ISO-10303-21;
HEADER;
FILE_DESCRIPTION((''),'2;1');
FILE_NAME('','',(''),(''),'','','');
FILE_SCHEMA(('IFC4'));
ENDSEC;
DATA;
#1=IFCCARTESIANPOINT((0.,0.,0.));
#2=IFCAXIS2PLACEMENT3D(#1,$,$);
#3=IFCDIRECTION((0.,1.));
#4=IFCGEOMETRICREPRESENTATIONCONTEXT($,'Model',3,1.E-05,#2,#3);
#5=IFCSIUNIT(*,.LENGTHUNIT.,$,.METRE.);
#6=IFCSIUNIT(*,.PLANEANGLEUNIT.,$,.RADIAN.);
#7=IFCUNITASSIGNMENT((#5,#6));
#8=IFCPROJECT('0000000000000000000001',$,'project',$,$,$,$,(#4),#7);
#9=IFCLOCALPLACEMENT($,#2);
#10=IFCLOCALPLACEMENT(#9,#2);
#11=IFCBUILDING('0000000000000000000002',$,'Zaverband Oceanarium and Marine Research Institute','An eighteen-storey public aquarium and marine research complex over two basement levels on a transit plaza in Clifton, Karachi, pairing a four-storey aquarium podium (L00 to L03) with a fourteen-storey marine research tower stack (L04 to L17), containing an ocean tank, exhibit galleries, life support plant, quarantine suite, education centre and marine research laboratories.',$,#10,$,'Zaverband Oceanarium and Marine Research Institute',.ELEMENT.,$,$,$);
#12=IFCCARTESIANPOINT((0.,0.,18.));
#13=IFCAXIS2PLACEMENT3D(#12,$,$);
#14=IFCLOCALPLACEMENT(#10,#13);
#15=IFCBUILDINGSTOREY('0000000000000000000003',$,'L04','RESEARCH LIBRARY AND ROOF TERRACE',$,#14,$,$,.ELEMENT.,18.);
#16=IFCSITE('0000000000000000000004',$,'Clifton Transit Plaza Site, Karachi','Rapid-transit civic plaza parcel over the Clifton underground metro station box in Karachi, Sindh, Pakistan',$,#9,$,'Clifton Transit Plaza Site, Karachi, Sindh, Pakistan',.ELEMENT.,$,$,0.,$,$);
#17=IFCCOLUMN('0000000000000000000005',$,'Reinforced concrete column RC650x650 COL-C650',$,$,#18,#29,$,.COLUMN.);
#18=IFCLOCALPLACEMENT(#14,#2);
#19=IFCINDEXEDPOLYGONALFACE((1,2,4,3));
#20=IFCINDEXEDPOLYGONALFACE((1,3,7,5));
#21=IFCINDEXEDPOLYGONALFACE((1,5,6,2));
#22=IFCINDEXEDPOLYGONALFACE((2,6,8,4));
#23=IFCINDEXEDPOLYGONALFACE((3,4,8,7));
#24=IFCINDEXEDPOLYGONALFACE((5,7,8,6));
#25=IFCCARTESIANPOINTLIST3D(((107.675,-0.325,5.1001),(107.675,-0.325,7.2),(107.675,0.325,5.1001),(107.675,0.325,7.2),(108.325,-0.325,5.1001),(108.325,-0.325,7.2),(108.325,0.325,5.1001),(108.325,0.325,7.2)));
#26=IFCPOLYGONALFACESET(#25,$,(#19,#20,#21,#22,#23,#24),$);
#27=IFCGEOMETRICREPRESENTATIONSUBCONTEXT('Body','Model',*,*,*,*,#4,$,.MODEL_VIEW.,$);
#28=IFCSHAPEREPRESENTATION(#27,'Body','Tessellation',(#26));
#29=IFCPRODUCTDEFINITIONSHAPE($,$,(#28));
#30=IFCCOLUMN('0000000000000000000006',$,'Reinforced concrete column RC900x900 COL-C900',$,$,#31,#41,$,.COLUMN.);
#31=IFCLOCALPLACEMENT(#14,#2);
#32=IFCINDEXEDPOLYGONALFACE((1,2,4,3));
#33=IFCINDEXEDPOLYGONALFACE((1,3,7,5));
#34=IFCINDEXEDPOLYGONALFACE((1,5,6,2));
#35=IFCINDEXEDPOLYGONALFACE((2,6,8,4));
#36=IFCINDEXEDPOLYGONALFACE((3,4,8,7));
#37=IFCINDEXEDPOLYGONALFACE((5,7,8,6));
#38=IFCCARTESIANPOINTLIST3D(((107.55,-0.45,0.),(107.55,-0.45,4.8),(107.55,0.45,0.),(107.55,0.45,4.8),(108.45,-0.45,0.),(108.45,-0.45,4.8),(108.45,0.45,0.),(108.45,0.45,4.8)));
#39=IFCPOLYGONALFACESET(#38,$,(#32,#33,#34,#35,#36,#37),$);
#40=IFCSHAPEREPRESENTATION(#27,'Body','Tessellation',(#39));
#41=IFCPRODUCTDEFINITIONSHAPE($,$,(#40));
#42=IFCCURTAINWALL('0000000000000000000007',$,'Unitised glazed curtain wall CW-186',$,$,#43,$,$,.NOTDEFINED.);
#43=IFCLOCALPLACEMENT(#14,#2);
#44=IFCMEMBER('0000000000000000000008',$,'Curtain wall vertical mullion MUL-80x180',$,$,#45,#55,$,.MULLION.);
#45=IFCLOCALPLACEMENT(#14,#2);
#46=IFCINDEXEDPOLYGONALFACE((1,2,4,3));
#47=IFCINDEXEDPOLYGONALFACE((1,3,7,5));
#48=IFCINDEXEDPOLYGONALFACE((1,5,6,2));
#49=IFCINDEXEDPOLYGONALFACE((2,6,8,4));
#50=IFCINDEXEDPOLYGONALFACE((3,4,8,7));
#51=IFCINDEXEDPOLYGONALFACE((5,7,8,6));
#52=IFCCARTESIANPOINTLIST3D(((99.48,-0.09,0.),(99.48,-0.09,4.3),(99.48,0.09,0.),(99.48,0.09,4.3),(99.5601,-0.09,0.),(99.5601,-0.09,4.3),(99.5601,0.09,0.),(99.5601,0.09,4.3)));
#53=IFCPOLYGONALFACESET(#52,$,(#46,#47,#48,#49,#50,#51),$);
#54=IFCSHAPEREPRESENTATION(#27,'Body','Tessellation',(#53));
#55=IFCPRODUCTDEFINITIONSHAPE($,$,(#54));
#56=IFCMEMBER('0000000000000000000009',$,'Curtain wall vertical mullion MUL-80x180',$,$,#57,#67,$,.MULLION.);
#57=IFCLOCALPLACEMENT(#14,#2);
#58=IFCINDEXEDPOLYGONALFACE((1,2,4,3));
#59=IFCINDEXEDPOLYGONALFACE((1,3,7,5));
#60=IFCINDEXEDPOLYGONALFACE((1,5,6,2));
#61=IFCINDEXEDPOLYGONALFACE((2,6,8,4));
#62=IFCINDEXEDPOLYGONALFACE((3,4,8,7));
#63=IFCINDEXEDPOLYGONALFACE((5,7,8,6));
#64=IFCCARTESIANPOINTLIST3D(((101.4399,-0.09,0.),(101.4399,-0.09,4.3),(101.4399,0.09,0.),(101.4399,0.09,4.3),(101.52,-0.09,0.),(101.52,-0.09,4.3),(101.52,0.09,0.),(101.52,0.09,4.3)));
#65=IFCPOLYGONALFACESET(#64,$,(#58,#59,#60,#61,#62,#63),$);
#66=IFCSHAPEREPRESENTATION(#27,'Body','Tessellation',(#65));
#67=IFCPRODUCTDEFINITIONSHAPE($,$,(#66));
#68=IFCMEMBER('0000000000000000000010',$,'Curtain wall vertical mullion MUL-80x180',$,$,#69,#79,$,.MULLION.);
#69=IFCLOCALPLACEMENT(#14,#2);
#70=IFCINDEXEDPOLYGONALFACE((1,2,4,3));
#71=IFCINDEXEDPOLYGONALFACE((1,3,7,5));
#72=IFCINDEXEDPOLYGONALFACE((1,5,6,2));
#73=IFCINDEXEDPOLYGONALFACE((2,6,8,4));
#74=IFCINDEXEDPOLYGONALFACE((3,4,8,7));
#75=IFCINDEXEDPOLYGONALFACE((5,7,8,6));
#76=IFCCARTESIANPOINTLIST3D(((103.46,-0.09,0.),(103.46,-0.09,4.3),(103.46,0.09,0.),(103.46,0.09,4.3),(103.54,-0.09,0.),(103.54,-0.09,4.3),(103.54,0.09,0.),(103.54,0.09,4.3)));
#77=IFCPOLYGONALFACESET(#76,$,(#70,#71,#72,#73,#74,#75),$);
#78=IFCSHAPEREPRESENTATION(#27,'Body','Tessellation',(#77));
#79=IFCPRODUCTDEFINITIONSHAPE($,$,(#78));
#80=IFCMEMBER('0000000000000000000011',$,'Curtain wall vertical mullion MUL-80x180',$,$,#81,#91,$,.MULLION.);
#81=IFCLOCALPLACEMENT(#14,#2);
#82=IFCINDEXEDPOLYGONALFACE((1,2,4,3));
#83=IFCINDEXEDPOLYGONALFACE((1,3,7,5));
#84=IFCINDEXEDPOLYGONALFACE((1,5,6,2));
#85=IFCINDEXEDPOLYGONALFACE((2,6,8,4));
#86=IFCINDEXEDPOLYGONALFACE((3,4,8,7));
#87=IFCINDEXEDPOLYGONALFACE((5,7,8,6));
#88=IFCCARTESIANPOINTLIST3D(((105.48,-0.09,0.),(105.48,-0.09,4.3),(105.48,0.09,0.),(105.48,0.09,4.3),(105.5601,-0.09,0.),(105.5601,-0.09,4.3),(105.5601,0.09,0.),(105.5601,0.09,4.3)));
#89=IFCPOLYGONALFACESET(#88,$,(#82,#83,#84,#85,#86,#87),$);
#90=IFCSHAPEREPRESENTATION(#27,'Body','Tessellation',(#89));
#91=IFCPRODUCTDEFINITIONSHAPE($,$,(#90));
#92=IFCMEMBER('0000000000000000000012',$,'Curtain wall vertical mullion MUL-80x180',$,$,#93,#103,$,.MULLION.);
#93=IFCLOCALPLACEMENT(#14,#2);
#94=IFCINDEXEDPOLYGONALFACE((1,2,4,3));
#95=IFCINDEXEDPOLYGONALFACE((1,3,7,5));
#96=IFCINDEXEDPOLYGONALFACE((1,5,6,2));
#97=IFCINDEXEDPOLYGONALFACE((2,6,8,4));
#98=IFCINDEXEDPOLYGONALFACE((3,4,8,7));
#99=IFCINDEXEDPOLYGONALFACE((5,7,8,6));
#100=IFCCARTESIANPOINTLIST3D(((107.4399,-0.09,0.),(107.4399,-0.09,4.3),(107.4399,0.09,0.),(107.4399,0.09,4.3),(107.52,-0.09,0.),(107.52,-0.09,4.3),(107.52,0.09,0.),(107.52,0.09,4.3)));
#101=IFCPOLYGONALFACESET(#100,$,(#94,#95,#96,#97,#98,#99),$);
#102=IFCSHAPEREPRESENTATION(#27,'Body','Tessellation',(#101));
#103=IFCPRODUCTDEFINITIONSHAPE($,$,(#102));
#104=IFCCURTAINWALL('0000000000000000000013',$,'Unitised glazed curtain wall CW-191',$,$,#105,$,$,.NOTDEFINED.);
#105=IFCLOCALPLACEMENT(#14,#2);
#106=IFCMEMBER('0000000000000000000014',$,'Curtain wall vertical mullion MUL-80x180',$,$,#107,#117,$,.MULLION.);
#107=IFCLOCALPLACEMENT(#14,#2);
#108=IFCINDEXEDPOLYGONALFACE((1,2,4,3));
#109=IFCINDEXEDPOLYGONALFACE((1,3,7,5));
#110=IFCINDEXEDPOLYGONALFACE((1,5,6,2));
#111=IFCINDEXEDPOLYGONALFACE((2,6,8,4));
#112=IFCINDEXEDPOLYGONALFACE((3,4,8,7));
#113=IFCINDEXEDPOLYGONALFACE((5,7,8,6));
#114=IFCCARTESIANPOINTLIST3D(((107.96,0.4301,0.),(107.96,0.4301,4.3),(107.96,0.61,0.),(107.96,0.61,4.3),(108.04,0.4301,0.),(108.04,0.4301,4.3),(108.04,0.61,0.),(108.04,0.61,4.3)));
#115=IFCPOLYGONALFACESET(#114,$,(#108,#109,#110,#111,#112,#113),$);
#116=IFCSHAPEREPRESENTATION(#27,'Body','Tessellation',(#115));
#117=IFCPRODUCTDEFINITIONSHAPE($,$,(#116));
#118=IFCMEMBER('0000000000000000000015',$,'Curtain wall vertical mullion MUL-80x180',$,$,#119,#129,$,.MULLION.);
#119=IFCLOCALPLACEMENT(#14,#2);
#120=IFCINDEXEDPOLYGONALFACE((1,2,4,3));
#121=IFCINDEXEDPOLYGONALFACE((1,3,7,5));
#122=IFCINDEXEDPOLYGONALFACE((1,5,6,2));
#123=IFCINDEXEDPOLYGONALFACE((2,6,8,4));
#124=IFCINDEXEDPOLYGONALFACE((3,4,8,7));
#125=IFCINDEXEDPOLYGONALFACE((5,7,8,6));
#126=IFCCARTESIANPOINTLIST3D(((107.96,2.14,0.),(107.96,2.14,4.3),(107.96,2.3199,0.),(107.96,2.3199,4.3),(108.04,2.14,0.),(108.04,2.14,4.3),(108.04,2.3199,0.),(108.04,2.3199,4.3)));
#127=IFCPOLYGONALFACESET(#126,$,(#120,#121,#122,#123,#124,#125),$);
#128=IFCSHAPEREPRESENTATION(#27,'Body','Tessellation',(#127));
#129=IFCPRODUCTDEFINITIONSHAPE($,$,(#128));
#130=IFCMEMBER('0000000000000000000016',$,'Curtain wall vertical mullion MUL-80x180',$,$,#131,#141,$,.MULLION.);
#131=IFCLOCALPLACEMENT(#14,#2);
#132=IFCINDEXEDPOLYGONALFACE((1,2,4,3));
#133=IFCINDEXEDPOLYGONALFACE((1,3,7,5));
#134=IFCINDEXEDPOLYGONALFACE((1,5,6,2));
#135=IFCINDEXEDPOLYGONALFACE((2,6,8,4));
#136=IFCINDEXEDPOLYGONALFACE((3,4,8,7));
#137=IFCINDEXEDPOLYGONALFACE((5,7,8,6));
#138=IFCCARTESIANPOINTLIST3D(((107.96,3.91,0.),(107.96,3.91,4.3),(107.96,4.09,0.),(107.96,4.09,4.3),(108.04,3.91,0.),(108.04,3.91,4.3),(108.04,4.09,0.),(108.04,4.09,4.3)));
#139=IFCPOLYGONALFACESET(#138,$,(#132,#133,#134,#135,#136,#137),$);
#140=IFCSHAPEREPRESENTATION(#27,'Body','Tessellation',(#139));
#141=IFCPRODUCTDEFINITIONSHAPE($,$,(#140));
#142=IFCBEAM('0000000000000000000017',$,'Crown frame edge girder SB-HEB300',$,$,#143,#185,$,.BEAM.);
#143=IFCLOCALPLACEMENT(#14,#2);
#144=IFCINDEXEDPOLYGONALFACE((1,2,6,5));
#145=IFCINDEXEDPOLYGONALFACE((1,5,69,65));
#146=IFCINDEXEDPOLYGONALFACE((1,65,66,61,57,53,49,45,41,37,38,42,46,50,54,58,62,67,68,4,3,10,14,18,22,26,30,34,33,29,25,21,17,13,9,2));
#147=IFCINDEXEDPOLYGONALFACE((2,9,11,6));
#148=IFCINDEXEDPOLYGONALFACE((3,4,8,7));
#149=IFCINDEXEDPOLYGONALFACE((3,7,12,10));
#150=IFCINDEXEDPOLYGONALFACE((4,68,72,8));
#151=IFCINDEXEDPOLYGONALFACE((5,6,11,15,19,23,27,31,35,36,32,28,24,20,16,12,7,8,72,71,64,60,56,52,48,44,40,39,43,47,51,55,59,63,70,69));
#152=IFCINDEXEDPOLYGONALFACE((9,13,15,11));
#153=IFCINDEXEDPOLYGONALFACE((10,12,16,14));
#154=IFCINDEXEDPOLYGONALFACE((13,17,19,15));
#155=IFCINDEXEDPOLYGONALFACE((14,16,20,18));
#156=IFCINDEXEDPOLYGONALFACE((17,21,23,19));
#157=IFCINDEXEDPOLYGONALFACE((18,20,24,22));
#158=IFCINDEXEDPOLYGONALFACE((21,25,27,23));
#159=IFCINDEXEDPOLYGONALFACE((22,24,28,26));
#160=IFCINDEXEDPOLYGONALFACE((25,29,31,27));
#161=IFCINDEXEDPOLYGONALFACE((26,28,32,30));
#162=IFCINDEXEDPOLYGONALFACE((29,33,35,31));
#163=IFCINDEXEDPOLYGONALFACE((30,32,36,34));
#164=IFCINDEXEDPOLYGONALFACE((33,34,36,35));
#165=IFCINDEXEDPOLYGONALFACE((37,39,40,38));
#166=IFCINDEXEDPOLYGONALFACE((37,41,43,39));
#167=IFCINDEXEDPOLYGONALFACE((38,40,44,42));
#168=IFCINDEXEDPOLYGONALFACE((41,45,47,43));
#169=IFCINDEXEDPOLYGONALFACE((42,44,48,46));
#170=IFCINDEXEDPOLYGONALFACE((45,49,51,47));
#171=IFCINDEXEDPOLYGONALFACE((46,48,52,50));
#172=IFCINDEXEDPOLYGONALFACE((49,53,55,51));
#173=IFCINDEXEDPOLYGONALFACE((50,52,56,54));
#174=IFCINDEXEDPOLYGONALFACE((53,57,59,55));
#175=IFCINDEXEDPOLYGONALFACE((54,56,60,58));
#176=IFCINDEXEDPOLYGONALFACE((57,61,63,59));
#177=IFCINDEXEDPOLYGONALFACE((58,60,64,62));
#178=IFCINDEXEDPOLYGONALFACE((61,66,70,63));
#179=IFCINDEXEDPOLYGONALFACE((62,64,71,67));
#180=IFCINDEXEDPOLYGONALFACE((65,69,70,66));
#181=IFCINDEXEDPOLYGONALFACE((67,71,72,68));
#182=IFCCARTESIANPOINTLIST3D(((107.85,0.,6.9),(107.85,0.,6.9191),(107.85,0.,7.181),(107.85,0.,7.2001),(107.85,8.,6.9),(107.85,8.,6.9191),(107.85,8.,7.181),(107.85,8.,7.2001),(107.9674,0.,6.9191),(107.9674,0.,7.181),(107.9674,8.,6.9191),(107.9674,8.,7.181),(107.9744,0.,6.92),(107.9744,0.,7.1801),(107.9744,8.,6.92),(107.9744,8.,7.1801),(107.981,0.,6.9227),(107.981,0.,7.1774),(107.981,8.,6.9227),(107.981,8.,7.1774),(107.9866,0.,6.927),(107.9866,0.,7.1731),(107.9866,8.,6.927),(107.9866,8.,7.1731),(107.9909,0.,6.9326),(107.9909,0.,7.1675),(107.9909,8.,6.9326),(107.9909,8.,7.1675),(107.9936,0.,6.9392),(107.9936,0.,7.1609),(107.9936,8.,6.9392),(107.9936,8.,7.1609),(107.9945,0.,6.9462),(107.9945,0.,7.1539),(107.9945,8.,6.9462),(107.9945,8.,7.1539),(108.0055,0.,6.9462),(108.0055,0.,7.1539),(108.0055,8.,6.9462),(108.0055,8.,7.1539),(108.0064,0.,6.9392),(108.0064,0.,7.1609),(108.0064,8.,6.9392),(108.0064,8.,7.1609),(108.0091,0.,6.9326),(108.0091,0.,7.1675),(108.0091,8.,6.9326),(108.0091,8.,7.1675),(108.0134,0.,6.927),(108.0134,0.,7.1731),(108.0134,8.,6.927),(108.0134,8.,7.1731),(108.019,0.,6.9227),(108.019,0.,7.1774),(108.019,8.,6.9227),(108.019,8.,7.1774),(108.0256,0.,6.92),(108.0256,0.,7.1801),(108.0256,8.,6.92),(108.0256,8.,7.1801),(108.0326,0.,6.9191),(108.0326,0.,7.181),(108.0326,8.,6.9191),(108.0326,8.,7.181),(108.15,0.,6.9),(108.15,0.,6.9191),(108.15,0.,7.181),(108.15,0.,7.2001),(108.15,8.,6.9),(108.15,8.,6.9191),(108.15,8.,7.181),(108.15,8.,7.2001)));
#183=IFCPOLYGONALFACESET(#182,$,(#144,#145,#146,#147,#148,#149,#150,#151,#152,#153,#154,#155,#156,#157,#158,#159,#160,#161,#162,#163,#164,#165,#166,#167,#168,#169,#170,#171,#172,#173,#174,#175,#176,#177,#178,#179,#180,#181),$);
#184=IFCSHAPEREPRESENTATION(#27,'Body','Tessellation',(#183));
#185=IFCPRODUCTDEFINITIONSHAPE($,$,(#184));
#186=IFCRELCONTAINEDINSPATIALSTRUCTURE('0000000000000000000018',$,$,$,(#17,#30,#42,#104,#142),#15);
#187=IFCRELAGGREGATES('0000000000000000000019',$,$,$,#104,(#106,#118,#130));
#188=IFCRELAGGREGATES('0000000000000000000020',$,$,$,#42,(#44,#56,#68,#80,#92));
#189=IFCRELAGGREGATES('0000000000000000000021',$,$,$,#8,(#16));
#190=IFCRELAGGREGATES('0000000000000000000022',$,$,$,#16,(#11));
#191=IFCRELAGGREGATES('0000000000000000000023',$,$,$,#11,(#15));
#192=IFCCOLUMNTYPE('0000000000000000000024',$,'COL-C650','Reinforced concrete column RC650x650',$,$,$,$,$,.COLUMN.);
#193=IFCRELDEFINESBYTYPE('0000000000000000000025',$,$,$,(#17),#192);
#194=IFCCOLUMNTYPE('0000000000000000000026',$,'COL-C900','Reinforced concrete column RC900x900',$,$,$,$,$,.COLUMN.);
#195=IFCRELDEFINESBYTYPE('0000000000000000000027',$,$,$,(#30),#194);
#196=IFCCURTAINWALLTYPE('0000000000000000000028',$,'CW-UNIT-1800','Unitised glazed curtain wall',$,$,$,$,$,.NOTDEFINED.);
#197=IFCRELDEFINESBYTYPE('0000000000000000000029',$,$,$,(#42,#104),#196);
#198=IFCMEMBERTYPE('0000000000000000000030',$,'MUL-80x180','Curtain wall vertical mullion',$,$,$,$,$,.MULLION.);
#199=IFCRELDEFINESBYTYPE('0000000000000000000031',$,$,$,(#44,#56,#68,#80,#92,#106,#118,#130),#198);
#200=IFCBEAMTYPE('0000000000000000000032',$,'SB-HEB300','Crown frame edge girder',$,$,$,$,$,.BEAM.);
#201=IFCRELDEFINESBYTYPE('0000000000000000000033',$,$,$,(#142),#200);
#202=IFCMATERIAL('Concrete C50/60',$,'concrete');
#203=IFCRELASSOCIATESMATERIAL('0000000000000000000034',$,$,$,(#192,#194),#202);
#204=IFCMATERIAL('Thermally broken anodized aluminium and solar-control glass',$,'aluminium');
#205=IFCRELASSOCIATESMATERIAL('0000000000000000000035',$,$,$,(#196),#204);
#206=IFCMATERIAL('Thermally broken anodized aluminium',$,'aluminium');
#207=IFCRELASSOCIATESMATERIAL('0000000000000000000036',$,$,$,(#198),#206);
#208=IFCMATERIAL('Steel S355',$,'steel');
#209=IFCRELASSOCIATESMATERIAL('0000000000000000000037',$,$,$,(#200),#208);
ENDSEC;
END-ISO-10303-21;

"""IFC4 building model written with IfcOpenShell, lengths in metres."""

from ifc_helpers import new_model, si_unit, direction, frame, origin, origin_2d, place, context, subcontext, project, spatial, rectangle, i_section, extrude, material, material_profile, profile_set, type_object, element, aggregate, save


model = new_model("IFC4")

# Units and contexts
model_context = context("Model", 3, precision=1e-05, world=origin(), true_north=direction((0.0, 1.0)))
body_context = subcontext(model_context, "Body", "Model", "MODEL_VIEW")
ifc_project = project(units=[si_unit("LENGTHUNIT", "METRE"), si_unit("PLANEANGLEUNIT", "RADIAN")], contexts=[model_context])

# Site, building, storey
site_placement = place(None, origin())
site = spatial("IfcSite", under=ifc_project, at=site_placement, Name="Clifton Transit Plaza Site, Karachi", Description="Rapid-transit civic plaza parcel over the Clifton underground metro station box in Karachi, Sindh, Pakistan", LongName="Clifton Transit Plaza Site, Karachi, Sindh, Pakistan", CompositionType="ELEMENT", RefElevation=0.0)
building_placement = place(site_placement, origin())
building = spatial("IfcBuilding", under=site, at=building_placement, Name="Zaverband Oceanarium and Marine Research Institute", Description="An eighteen-storey public aquarium and marine research complex over two basement levels on a transit plaza in Clifton, Karachi, pairing a four-storey aquarium podium (L00 to L03) with a fourteen-storey marine research tower stack (L04 to L17), containing an ocean tank, exhibit galleries, life support plant, quarantine suite, education centre and marine research laboratories.", LongName="Zaverband Oceanarium and Marine Research Institute", CompositionType="ELEMENT")
storey_placement = place(building_placement, frame((0.0, 0.0, 18.0)))
storey = spatial("IfcBuildingStorey", under=building, at=storey_placement, Name="L04", Description="RESEARCH LIBRARY AND ROOF TERRACE", CompositionType="ELEMENT", Elevation=18.0)

# Columns
ifc_material_1 = material(Name="Concrete C50/60", Category="concrete")
ifc_material_profile_1 = material_profile(ifc_material_1, rectangle(XDim=0.6499, YDim=0.6499, at=origin_2d()), Name="RC650x650")
ifc_profile_set_1 = profile_set([ifc_material_profile_1], Name="Concrete C50/60")
column_type_1 = type_object("IfcColumnType", Name="COL-C650", Description="Reinforced concrete column RC650x650", PredefinedType="COLUMN", material=ifc_profile_set_1)
column_1_placement = place(storey_placement, frame((108.0, 0.0, 5.1001), z_axis=(0.0, 0.0, 1.0), x_axis=(1.0, 0.0, 0.0)))
element("IfcColumn", 1, at=column_1_placement, inside=storey, type_object=column_type_1, Name="Reinforced concrete column RC650x650 COL-C650", PredefinedType="COLUMN", context=body_context, shape_type="SweptSolid", body=[
    extrude(rectangle(XDim=0.6499, YDim=0.6499, at=origin_2d()), origin(), (0.0, 0.0, 1.0), 2.0999),
])
ifc_material_profile_2 = material_profile(ifc_material_1, rectangle(XDim=0.8999, YDim=0.8999, at=origin_2d()), Name="RC900x900")
ifc_profile_set_2 = profile_set([ifc_material_profile_2], Name="Concrete C50/60")
column_type_2 = type_object("IfcColumnType", Name="COL-C900", Description="Reinforced concrete column RC900x900", PredefinedType="COLUMN", material=ifc_profile_set_2)
column_2_placement = place(storey_placement, frame((108.0, 0.0, 0.0), z_axis=(0.0, 0.0, 1.0), x_axis=(1.0, 0.0, 0.0)))
element("IfcColumn", 2, at=column_2_placement, inside=storey, type_object=column_type_2, Name="Reinforced concrete column RC900x900 COL-C900", PredefinedType="COLUMN", context=body_context, shape_type="SweptSolid", body=[
    extrude(rectangle(XDim=0.8999, YDim=0.8999, at=origin_2d()), origin(), (0.0, 0.0, 1.0), 4.8),
])

# Curtain walls, members
ifc_material_2 = material(Name="Thermally broken anodized aluminium and solar-control glass", Category="aluminium")
curtain_wall_type = type_object("IfcCurtainWallType", Name="CW-UNIT-1800", Description="Unitised glazed curtain wall", PredefinedType="NOTDEFINED", material=ifc_material_2)
curtain_wall_1_placement = place(storey_placement, origin())
curtain_wall_1 = element("IfcCurtainWall", 3, at=curtain_wall_1_placement, inside=storey, type_object=curtain_wall_type, Name="Unitised glazed curtain wall CW-186", PredefinedType="NOTDEFINED")
ifc_material_3 = material(Name="Thermally broken anodized aluminium", Category="aluminium")
ifc_material_profile_3 = material_profile(ifc_material_3, rectangle(XDim=0.0801, YDim=0.1799, at=origin_2d()), Name="AL-MUL-80x180")
ifc_profile_set_3 = profile_set([ifc_material_profile_3], Name="Thermally broken anodized aluminium")
member_type_1 = type_object("IfcMemberType", Name="MUL-80x180", Description="Curtain wall vertical mullion", PredefinedType="MULLION", material=ifc_profile_set_3)
member_1_placement = place(storey_placement, frame((99.52, 0.0, 0.0), z_axis=(0.0, 0.0, 1.0), x_axis=(1.0, 0.0, 0.0)))
member_1 = element("IfcMember", 4, at=member_1_placement, type_object=member_type_1, Name="Curtain wall vertical mullion MUL-80x180", PredefinedType="MULLION", context=body_context, shape_type="SweptSolid", body=[
    extrude(rectangle(XDim=0.0801, YDim=0.1799, at=origin_2d()), origin(), (0.0, 0.0, 1.0), 4.3),
])
member_2_placement = place(storey_placement, frame((101.48, 0.0, 0.0), z_axis=(0.0, 0.0, 1.0), x_axis=(1.0, 0.0, 0.0)))
member_2 = element("IfcMember", 5, at=member_2_placement, type_object=member_type_1, Name="Curtain wall vertical mullion MUL-80x180", PredefinedType="MULLION", context=body_context, shape_type="SweptSolid", body=[
    extrude(rectangle(XDim=0.0801, YDim=0.1799, at=origin_2d()), origin(), (0.0, 0.0, 1.0), 4.3),
])
member_3_placement = place(storey_placement, frame((103.5, 0.0, 0.0), z_axis=(0.0, 0.0, 1.0), x_axis=(1.0, 0.0, 0.0)))
member_3 = element("IfcMember", 6, at=member_3_placement, type_object=member_type_1, Name="Curtain wall vertical mullion MUL-80x180", PredefinedType="MULLION", context=body_context, shape_type="SweptSolid", body=[
    extrude(rectangle(XDim=0.0801, YDim=0.1799, at=origin_2d()), origin(), (0.0, 0.0, 1.0), 4.3),
])
member_4_placement = place(storey_placement, frame((105.52, 0.0, 0.0), z_axis=(0.0, 0.0, 1.0), x_axis=(1.0, 0.0, 0.0)))
member_4 = element("IfcMember", 7, at=member_4_placement, type_object=member_type_1, Name="Curtain wall vertical mullion MUL-80x180", PredefinedType="MULLION", context=body_context, shape_type="SweptSolid", body=[
    extrude(rectangle(XDim=0.0801, YDim=0.1799, at=origin_2d()), origin(), (0.0, 0.0, 1.0), 4.3),
])
member_5_placement = place(storey_placement, frame((107.48, 0.0, 0.0), z_axis=(0.0, 0.0, 1.0), x_axis=(1.0, 0.0, 0.0)))
member_5 = element("IfcMember", 8, at=member_5_placement, type_object=member_type_1, Name="Curtain wall vertical mullion MUL-80x180", PredefinedType="MULLION", context=body_context, shape_type="SweptSolid", body=[
    extrude(rectangle(XDim=0.0801, YDim=0.1799, at=origin_2d()), origin(), (0.0, 0.0, 1.0), 4.3),
])
curtain_wall_2_placement = place(storey_placement, origin())
curtain_wall_2 = element("IfcCurtainWall", 9, at=curtain_wall_2_placement, inside=storey, type_object=curtain_wall_type, Name="Unitised glazed curtain wall CW-191", PredefinedType="NOTDEFINED")
member_6_placement = place(storey_placement, frame((108.0, 0.52, 0.0), z_axis=(0.0, 0.0, 1.0), x_axis=(1.0, 0.0, 0.0)))
member_6 = element("IfcMember", 10, at=member_6_placement, type_object=member_type_1, Name="Curtain wall vertical mullion MUL-80x180", PredefinedType="MULLION", context=body_context, shape_type="SweptSolid", body=[
    extrude(rectangle(XDim=0.0801, YDim=0.1799, at=origin_2d()), origin(), (0.0, 0.0, 1.0), 4.3),
])
member_7_placement = place(storey_placement, frame((108.0, 2.23, 0.0), z_axis=(0.0, 0.0, 1.0), x_axis=(1.0, 0.0, 0.0)))
member_7 = element("IfcMember", 11, at=member_7_placement, type_object=member_type_1, Name="Curtain wall vertical mullion MUL-80x180", PredefinedType="MULLION", context=body_context, shape_type="SweptSolid", body=[
    extrude(rectangle(XDim=0.0801, YDim=0.1799, at=origin_2d()), origin(), (0.0, 0.0, 1.0), 4.3),
])
member_8_placement = place(storey_placement, frame((108.0, 4.0, 0.0), z_axis=(0.0, 0.0, 1.0), x_axis=(1.0, 0.0, 0.0)))
member_8 = element("IfcMember", 12, at=member_8_placement, type_object=member_type_1, Name="Curtain wall vertical mullion MUL-80x180", PredefinedType="MULLION", context=body_context, shape_type="SweptSolid", body=[
    extrude(rectangle(XDim=0.0801, YDim=0.1799, at=origin_2d()), origin(), (0.0, 0.0, 1.0), 4.3),
])

# Beam
ifc_material_4 = material(Name="Steel S355", Category="steel")
ifc_material_profile_4 = material_profile(ifc_material_4, i_section(OverallWidth=0.3, OverallDepth=0.3, WebThickness=0.011, FlangeThickness=0.019, FilletRadius=0.0271, at=origin_2d()), Name="HEB300")
ifc_profile_set_4 = profile_set([ifc_material_profile_4], Name="Steel S355")
beam_type_1 = type_object("IfcBeamType", Name="SB-HEB300", Description="Crown frame edge girder", PredefinedType="BEAM", material=ifc_profile_set_4)
beam_1_placement = place(storey_placement, frame((108.0, 0.0, 7.05), z_axis=(0.0, 1.0, 0.0), x_axis=(-1.0, 0.0, 0.0)))
element("IfcBeam", 13, at=beam_1_placement, inside=storey, type_object=beam_type_1, Name="Crown frame edge girder SB-HEB300", PredefinedType="BEAM", context=body_context, shape_type="SweptSolid", body=[
    extrude(i_section(OverallWidth=0.3, OverallDepth=0.3, WebThickness=0.011, FlangeThickness=0.019, FilletRadius=0.0271, at=origin_2d()), origin(), (0.0, 0.0, 1.0), 8.0),
])

aggregate(curtain_wall_2, [member_6, member_7, member_8])
aggregate(curtain_wall_1, [member_1, member_2, member_3, member_4, member_5])

save(model, "model.ifc")
